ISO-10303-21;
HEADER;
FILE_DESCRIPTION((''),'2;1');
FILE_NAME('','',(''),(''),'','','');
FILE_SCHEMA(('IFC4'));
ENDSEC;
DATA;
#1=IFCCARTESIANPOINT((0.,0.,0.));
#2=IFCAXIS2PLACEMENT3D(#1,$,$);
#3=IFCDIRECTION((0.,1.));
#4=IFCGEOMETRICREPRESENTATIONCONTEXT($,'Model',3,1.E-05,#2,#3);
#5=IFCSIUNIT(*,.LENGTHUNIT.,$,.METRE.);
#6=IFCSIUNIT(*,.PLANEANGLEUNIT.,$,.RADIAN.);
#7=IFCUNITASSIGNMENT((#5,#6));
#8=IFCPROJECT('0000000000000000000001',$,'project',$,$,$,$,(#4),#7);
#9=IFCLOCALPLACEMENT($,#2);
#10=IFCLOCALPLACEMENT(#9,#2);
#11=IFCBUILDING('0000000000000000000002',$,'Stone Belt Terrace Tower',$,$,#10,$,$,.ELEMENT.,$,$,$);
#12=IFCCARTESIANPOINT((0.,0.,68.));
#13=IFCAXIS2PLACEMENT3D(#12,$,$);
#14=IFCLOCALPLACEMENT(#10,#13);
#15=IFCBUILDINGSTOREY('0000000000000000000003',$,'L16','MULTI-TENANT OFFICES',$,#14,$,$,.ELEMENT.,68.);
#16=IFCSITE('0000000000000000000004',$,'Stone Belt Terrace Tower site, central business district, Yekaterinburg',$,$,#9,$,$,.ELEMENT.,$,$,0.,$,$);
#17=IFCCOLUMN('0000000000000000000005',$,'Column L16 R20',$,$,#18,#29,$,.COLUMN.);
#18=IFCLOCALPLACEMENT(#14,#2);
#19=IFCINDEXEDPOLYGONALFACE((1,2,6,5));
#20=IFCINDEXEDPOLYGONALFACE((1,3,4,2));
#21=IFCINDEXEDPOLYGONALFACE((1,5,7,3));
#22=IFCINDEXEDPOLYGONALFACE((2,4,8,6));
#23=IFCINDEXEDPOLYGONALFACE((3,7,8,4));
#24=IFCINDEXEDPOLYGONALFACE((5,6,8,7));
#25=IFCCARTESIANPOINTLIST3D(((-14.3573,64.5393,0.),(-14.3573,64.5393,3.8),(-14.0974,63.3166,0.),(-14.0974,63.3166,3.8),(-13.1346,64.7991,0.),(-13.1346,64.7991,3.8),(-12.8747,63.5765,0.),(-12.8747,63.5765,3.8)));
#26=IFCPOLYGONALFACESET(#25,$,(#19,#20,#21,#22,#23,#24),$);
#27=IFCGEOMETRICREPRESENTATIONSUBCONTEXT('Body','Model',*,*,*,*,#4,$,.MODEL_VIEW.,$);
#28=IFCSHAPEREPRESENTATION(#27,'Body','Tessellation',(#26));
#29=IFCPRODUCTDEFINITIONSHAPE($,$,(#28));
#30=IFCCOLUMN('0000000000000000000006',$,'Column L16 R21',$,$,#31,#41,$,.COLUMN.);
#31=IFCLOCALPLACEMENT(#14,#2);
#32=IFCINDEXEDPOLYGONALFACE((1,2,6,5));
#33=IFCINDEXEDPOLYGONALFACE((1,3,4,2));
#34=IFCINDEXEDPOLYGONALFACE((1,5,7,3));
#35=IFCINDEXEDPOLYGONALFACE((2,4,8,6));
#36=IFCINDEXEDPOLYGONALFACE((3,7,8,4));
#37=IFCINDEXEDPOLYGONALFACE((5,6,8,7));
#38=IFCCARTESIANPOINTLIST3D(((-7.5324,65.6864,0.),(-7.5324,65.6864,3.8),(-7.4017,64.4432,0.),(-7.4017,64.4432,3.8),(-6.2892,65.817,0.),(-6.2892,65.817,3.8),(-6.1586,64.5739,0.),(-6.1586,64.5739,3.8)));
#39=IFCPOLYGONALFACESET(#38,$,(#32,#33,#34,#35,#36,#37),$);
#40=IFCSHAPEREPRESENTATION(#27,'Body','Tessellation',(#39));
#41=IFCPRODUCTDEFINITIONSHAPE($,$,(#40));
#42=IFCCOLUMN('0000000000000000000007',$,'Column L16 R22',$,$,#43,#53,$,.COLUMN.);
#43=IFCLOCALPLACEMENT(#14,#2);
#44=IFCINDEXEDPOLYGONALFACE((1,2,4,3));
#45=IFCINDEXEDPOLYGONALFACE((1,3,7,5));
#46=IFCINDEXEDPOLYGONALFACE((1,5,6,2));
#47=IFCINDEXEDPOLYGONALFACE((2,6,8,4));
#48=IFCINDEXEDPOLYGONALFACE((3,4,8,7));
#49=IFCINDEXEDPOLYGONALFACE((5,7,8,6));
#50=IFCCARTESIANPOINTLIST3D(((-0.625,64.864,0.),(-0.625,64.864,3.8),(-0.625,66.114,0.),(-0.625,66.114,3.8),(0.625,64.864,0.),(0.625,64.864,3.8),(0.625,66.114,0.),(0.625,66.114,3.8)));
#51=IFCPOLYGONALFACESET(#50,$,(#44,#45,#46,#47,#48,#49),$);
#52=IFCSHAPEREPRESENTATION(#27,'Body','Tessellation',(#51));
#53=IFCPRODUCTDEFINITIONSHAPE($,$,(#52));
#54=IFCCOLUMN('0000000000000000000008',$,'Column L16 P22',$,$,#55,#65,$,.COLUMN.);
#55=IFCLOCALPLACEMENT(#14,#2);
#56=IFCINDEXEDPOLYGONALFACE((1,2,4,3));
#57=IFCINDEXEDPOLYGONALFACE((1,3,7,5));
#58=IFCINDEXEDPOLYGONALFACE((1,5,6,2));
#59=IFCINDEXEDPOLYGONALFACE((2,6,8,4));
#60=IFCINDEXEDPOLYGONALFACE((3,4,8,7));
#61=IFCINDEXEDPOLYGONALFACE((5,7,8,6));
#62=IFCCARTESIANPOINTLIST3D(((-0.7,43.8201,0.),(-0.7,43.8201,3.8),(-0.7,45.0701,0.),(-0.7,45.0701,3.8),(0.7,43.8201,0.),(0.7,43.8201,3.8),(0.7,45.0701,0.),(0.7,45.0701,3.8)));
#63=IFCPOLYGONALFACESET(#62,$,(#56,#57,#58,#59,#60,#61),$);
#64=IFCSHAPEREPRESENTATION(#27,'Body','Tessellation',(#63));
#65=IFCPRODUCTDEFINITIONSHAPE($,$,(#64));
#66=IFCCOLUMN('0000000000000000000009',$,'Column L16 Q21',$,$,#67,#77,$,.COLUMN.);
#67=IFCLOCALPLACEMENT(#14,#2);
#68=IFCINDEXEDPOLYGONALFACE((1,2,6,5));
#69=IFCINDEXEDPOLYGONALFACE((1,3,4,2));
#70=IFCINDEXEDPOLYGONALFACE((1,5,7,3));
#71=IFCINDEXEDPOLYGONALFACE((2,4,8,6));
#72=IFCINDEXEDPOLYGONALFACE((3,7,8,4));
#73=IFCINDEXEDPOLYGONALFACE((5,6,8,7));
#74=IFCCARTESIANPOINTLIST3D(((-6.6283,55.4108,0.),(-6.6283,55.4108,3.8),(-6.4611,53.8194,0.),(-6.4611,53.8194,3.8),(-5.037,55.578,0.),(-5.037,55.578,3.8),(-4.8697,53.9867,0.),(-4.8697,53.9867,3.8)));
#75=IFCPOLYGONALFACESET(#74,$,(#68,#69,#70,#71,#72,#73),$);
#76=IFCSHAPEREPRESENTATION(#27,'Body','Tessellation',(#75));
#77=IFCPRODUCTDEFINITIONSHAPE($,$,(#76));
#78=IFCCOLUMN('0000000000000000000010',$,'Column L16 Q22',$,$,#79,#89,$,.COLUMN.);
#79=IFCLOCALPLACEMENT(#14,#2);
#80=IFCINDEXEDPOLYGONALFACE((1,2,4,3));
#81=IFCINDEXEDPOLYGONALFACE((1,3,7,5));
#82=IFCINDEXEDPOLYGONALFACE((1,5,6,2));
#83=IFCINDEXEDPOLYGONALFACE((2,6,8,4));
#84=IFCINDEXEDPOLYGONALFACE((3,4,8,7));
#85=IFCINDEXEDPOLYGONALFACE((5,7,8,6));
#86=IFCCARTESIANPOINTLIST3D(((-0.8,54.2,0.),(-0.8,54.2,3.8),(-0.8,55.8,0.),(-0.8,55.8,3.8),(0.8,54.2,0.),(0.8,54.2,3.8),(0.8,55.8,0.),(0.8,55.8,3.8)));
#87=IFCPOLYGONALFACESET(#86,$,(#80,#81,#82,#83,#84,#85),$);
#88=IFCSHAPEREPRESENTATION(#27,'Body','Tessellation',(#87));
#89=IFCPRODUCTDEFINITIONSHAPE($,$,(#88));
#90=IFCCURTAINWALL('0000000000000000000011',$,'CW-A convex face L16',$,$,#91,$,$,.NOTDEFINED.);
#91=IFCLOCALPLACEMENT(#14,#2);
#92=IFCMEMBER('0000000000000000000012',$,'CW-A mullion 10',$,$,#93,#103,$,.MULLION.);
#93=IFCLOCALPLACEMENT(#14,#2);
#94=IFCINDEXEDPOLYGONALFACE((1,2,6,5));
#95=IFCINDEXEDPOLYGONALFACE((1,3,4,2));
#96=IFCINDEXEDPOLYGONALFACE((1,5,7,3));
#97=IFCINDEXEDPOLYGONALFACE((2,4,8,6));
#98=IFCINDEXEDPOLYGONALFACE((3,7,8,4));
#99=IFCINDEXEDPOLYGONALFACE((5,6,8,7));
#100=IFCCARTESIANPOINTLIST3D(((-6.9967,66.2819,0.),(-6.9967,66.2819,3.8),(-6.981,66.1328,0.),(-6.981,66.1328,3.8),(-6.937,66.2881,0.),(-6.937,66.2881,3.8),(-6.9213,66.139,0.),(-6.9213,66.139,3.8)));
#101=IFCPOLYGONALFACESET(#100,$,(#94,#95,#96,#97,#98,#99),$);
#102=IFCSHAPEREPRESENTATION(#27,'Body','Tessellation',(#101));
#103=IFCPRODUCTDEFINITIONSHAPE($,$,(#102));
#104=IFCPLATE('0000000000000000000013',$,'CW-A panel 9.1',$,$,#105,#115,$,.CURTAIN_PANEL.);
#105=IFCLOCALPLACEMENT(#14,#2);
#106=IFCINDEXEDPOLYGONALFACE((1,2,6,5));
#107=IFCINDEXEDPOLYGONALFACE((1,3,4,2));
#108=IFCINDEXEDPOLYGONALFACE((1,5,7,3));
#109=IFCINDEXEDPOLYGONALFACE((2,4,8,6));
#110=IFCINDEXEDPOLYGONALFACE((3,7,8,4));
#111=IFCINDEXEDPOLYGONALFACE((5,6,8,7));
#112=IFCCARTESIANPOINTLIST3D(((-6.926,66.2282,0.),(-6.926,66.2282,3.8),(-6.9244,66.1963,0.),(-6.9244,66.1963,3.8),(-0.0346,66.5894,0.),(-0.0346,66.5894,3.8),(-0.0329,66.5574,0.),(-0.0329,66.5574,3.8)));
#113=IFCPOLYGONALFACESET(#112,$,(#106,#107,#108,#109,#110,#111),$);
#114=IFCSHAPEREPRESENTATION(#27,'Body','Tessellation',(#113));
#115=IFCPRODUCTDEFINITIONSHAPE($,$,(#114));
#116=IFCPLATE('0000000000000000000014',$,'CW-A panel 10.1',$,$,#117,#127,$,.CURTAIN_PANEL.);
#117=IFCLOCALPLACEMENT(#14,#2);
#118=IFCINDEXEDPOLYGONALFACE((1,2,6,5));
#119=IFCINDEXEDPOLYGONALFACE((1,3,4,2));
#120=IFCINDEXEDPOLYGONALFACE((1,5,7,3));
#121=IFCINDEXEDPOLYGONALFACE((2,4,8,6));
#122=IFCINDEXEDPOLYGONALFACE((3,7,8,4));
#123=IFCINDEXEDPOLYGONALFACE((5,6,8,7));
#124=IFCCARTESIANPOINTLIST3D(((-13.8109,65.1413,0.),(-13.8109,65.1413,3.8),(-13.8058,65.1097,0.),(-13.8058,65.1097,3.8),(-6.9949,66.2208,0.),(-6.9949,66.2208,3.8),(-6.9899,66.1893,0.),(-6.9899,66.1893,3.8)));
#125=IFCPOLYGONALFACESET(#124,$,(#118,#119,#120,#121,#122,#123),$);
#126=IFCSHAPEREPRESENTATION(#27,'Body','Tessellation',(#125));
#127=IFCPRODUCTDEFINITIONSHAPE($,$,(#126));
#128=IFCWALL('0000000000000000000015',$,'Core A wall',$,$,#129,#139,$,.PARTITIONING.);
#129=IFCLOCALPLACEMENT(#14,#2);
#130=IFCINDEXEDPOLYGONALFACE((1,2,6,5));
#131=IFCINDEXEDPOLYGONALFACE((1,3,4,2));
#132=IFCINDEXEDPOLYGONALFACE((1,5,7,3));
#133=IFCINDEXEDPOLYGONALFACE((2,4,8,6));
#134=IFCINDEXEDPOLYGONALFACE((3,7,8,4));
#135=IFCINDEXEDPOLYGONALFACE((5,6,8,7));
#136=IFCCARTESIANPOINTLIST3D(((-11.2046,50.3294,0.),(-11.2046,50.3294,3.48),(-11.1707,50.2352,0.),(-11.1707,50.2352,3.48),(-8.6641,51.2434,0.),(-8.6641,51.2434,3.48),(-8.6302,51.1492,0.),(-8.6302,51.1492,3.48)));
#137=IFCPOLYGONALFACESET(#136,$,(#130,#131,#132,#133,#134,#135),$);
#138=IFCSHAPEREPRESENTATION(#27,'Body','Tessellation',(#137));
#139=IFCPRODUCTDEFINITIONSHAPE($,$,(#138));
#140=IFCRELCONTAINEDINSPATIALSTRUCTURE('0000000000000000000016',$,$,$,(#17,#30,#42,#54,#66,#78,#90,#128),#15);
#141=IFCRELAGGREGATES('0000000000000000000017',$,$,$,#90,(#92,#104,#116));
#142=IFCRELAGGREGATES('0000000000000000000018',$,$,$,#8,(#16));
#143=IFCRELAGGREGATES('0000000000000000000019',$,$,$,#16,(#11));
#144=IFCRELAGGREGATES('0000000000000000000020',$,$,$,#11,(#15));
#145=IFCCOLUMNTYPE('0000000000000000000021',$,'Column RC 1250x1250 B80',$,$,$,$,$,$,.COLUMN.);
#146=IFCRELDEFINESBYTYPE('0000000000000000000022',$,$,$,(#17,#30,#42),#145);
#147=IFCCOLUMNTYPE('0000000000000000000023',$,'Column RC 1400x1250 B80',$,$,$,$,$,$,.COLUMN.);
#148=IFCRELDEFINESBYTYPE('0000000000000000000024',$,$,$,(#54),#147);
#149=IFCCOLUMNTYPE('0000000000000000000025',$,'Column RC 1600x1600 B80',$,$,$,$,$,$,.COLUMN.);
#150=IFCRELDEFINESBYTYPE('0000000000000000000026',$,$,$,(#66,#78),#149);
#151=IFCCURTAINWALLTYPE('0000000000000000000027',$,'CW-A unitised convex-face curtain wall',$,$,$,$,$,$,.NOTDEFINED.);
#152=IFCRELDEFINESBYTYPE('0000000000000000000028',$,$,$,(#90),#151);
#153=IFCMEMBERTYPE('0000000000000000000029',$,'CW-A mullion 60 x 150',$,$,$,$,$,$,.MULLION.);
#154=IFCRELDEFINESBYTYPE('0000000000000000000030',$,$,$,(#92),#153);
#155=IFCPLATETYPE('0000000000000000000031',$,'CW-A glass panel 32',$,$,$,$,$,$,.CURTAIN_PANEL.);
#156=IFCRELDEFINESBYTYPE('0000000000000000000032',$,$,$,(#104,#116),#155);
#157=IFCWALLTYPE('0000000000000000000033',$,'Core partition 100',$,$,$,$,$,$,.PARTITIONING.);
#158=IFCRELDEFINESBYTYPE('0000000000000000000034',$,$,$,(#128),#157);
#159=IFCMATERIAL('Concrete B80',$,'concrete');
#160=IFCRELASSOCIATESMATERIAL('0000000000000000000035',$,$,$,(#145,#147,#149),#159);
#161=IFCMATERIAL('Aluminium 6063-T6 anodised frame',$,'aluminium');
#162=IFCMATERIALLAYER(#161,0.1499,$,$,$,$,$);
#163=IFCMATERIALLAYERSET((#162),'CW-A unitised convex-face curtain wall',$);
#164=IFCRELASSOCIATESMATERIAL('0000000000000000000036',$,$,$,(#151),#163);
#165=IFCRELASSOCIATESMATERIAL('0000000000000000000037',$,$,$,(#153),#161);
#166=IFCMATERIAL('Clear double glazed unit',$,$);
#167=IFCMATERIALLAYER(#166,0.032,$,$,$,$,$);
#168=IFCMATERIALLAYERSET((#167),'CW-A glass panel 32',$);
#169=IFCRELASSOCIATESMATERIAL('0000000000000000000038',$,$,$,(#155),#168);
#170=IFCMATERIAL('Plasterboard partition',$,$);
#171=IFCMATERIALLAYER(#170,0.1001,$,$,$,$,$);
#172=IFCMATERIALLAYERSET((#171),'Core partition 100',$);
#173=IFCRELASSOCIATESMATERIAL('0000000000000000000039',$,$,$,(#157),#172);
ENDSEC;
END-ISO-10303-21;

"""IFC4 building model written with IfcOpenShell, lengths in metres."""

from ifc_helpers import new_model, si_unit, direction, frame, frame_2d, origin, origin_2d, place, context, subcontext, project, spatial, rectangle, extrude, material, layer, layer_set, material_profile, profile_set, type_object, element, aggregate, save


model = new_model("IFC4")

# Units and contexts
model_context = context("Model", 3, precision=1e-05, world=origin(), true_north=direction((0.0, 1.0)))
body_context = subcontext(model_context, "Body", "Model", "MODEL_VIEW")
ifc_project = project(units=[si_unit("LENGTHUNIT", "METRE"), si_unit("PLANEANGLEUNIT", "RADIAN")], contexts=[model_context])

# Site, building, storey
site_placement = place(None, origin())
site = spatial("IfcSite", under=ifc_project, at=site_placement, Name="Stone Belt Terrace Tower site, central business district, Yekaterinburg", CompositionType="ELEMENT", RefElevation=0.0)
building_placement = place(site_placement, origin())
building = spatial("IfcBuilding", under=site, at=building_placement, Name="Stone Belt Terrace Tower", CompositionType="ELEMENT")
storey_placement = place(building_placement, frame((0.0, 0.0, 68.0)))
storey = spatial("IfcBuildingStorey", under=building, at=storey_placement, Name="L16", Description="MULTI-TENANT OFFICES", CompositionType="ELEMENT", Elevation=68.0)

# Columns
ifc_material_1 = material(Name="Concrete B80", Category="concrete")
ifc_material_profile_1 = material_profile(ifc_material_1, rectangle(XDim=1.25, YDim=1.25, at=origin_2d()), Name="RC 1250x1250")
ifc_profile_set_1 = profile_set([ifc_material_profile_1], Name="Concrete B80")
column_type_1 = type_object("IfcColumnType", Name="Column RC 1250x1250 B80", PredefinedType="COLUMN", material=ifc_profile_set_1)
for number, where, z_axis, x_axis, name in (
    (1, (-13.616, 64.0579, 0.0), (0.0, 0.0, 1.0), (0.978148, 0.207912, 0.0), "Column L16 R20"),
    (2, (-6.8455, 65.1301, 0.0), (0.0, 0.0, 1.0), (0.994522, 0.104528, 0.0), "Column L16 R21"),
    (3, (0.0, 65.489, 0.0), (0.0, 0.0, 1.0), (1.0, 0.0, 0.0), "Column L16 R22"),
):
    element("IfcColumn", number, at=place(storey_placement, frame(where, z_axis=z_axis, x_axis=x_axis)), inside=storey, type_object=column_type_1, Name=name, PredefinedType="COLUMN", context=body_context, shape_type="SweptSolid", body=[
        extrude(rectangle(XDim=1.25, YDim=1.25, at=origin_2d()), origin(), (0.0, 0.0, 1.0), 3.8),
    ])
ifc_material_profile_2 = material_profile(ifc_material_1, rectangle(XDim=1.3999, YDim=1.25, at=origin_2d()), Name="RC 1400x1250")
ifc_profile_set_2 = profile_set([ifc_material_profile_2], Name="Concrete B80")
column_type_2 = type_object("IfcColumnType", Name="Column RC 1400x1250 B80", PredefinedType="COLUMN", material=ifc_profile_set_2)
column_placement = place(storey_placement, frame((0.0, 44.4451, 0.0), z_axis=(0.0, 0.0, 1.0), x_axis=(1.0, 0.0, 0.0)))
element("IfcColumn", 4, at=column_placement, inside=storey, type_object=column_type_2, Name="Column L16 P22", PredefinedType="COLUMN", context=body_context, shape_type="SweptSolid", body=[
    extrude(rectangle(XDim=1.3999, YDim=1.25, at=origin_2d()), origin(), (0.0, 0.0, 1.0), 3.8),
])
ifc_material_profile_3 = material_profile(ifc_material_1, rectangle(XDim=1.6001, YDim=1.6001, at=origin_2d()), Name="RC 1600x1600")
ifc_profile_set_3 = profile_set([ifc_material_profile_3], Name="Concrete B80")
column_type_3 = type_object("IfcColumnType", Name="Column RC 1600x1600 B80", PredefinedType="COLUMN", material=ifc_profile_set_3)
for number, where, z_axis, x_axis, name in (
    (5, (-5.749, 54.6987, 0.0), (0.0, 0.0, 1.0), (0.994522, 0.104528, 0.0), "Column L16 Q21"),
    (6, (0.0, 55.0, 0.0), (0.0, 0.0, 1.0), (1.0, 0.0, 0.0), "Column L16 Q22"),
):
    element("IfcColumn", number, at=place(storey_placement, frame(where, z_axis=z_axis, x_axis=x_axis)), inside=storey, type_object=column_type_3, Name=name, PredefinedType="COLUMN", context=body_context, shape_type="SweptSolid", body=[
        extrude(rectangle(XDim=1.6001, YDim=1.6001, at=origin_2d()), origin(), (0.0, 0.0, 1.0), 3.8),
    ])

# Curtain wall, member, plates
ifc_material_2 = material(Name="Aluminium 6063-T6 anodised frame", Category="aluminium")
ifc_layer_1 = layer(ifc_material_2, 0.1499)
ifc_layer_set_1 = layer_set([ifc_layer_1], Name="CW-A unitised convex-face curtain wall")
curtain_wall_type = type_object("IfcCurtainWallType", Name="CW-A unitised convex-face curtain wall", PredefinedType="NOTDEFINED", material=ifc_layer_set_1)
curtain_wall_placement = place(storey_placement, origin())
curtain_wall = element("IfcCurtainWall", 7, at=curtain_wall_placement, inside=storey, type_object=curtain_wall_type, Name="CW-A convex face L16", PredefinedType="NOTDEFINED")
ifc_material_profile_4 = material_profile(ifc_material_2, rectangle(XDim=0.1499, YDim=0.0601, at=origin_2d()), Name="Aluminium 6063-T6 60x150")
ifc_profile_set_4 = profile_set([ifc_material_profile_4], Name="Aluminium 6063-T6 anodised frame")
member_type = type_object("IfcMemberType", Name="CW-A mullion 60 x 150", PredefinedType="MULLION", material=ifc_profile_set_4)
member_placement = place(storey_placement, frame((-6.959, 66.2104, 0.0), z_axis=(0.0, 0.0, 1.0), x_axis=(0.104528, -0.994522, 0.0)))
member = element("IfcMember", 8, at=member_placement, type_object=member_type, Name="CW-A mullion 10", PredefinedType="MULLION", context=body_context, shape_type="SweptSolid", body=[
    extrude(rectangle(XDim=0.1499, YDim=0.0601, at=origin_2d()), origin(), (0.0, 0.0, 1.0), 3.8),
])
ifc_material_3 = material(Name="Clear double glazed unit")
ifc_layer_2 = layer(ifc_material_3, 0.032)
ifc_layer_set_2 = layer_set([ifc_layer_2], Name="CW-A glass panel 32")
plate_type = type_object("IfcPlateType", Name="CW-A glass panel 32", PredefinedType="CURTAIN_PANEL", material=ifc_layer_set_2)
plate_1_placement = place(storey_placement, frame((-3.4795, 66.3928, 0.0), z_axis=(0.0, 0.0, 1.0), x_axis=(-0.99863, -0.052336, 0.0)))
plate_1 = element("IfcPlate", 9, at=plate_1_placement, type_object=plate_type, Name="CW-A panel 9.1", PredefinedType="CURTAIN_PANEL", context=body_context, shape_type="SweptSolid", body=[
    extrude(rectangle(XDim=6.9009, YDim=0.032, at=origin_2d()), origin(), (0.0, 0.0, 1.0), 3.8),
])
plate_2_placement = place(storey_placement, frame((-10.4004, 65.6653, 0.0), z_axis=(0.0, 0.0, 1.0), x_axis=(-0.987688, -0.156434, 0.0)))
plate_2 = element("IfcPlate", 10, at=plate_2_placement, type_object=plate_type, Name="CW-A panel 10.1", PredefinedType="CURTAIN_PANEL", context=body_context, shape_type="SweptSolid", body=[
    extrude(rectangle(XDim=6.9009, YDim=0.032, at=origin_2d()), origin(), (0.0, 0.0, 1.0), 3.8),
])
aggregate(curtain_wall, [member, plate_1, plate_2])

# Wall
ifc_material_4 = material(Name="Plasterboard partition")
ifc_layer_3 = layer(ifc_material_4, 0.1001)
ifc_layer_set_3 = layer_set([ifc_layer_3], Name="Core partition 100")
wall_type_1 = type_object("IfcWallType", Name="Core partition 100", PredefinedType="PARTITIONING", material=ifc_layer_set_3)
wall_1_placement = place(storey_placement, frame((-11.1877, 50.2822, 0.0), z_axis=(0.0, 0.0, 1.0), x_axis=(0.94095, 0.338547, 0.0)))
element("IfcWall", 11, at=wall_1_placement, inside=storey, type_object=wall_type_1, Name="Core A wall", PredefinedType="PARTITIONING", context=body_context, shape_type="SweptSolid", body=[
    extrude(rectangle(XDim=2.7, YDim=0.1001, at=frame_2d((1.3501, 0.0))), origin(), (0.0, 0.0, 1.0), 3.48),
])

save(model, "model.ifc")
